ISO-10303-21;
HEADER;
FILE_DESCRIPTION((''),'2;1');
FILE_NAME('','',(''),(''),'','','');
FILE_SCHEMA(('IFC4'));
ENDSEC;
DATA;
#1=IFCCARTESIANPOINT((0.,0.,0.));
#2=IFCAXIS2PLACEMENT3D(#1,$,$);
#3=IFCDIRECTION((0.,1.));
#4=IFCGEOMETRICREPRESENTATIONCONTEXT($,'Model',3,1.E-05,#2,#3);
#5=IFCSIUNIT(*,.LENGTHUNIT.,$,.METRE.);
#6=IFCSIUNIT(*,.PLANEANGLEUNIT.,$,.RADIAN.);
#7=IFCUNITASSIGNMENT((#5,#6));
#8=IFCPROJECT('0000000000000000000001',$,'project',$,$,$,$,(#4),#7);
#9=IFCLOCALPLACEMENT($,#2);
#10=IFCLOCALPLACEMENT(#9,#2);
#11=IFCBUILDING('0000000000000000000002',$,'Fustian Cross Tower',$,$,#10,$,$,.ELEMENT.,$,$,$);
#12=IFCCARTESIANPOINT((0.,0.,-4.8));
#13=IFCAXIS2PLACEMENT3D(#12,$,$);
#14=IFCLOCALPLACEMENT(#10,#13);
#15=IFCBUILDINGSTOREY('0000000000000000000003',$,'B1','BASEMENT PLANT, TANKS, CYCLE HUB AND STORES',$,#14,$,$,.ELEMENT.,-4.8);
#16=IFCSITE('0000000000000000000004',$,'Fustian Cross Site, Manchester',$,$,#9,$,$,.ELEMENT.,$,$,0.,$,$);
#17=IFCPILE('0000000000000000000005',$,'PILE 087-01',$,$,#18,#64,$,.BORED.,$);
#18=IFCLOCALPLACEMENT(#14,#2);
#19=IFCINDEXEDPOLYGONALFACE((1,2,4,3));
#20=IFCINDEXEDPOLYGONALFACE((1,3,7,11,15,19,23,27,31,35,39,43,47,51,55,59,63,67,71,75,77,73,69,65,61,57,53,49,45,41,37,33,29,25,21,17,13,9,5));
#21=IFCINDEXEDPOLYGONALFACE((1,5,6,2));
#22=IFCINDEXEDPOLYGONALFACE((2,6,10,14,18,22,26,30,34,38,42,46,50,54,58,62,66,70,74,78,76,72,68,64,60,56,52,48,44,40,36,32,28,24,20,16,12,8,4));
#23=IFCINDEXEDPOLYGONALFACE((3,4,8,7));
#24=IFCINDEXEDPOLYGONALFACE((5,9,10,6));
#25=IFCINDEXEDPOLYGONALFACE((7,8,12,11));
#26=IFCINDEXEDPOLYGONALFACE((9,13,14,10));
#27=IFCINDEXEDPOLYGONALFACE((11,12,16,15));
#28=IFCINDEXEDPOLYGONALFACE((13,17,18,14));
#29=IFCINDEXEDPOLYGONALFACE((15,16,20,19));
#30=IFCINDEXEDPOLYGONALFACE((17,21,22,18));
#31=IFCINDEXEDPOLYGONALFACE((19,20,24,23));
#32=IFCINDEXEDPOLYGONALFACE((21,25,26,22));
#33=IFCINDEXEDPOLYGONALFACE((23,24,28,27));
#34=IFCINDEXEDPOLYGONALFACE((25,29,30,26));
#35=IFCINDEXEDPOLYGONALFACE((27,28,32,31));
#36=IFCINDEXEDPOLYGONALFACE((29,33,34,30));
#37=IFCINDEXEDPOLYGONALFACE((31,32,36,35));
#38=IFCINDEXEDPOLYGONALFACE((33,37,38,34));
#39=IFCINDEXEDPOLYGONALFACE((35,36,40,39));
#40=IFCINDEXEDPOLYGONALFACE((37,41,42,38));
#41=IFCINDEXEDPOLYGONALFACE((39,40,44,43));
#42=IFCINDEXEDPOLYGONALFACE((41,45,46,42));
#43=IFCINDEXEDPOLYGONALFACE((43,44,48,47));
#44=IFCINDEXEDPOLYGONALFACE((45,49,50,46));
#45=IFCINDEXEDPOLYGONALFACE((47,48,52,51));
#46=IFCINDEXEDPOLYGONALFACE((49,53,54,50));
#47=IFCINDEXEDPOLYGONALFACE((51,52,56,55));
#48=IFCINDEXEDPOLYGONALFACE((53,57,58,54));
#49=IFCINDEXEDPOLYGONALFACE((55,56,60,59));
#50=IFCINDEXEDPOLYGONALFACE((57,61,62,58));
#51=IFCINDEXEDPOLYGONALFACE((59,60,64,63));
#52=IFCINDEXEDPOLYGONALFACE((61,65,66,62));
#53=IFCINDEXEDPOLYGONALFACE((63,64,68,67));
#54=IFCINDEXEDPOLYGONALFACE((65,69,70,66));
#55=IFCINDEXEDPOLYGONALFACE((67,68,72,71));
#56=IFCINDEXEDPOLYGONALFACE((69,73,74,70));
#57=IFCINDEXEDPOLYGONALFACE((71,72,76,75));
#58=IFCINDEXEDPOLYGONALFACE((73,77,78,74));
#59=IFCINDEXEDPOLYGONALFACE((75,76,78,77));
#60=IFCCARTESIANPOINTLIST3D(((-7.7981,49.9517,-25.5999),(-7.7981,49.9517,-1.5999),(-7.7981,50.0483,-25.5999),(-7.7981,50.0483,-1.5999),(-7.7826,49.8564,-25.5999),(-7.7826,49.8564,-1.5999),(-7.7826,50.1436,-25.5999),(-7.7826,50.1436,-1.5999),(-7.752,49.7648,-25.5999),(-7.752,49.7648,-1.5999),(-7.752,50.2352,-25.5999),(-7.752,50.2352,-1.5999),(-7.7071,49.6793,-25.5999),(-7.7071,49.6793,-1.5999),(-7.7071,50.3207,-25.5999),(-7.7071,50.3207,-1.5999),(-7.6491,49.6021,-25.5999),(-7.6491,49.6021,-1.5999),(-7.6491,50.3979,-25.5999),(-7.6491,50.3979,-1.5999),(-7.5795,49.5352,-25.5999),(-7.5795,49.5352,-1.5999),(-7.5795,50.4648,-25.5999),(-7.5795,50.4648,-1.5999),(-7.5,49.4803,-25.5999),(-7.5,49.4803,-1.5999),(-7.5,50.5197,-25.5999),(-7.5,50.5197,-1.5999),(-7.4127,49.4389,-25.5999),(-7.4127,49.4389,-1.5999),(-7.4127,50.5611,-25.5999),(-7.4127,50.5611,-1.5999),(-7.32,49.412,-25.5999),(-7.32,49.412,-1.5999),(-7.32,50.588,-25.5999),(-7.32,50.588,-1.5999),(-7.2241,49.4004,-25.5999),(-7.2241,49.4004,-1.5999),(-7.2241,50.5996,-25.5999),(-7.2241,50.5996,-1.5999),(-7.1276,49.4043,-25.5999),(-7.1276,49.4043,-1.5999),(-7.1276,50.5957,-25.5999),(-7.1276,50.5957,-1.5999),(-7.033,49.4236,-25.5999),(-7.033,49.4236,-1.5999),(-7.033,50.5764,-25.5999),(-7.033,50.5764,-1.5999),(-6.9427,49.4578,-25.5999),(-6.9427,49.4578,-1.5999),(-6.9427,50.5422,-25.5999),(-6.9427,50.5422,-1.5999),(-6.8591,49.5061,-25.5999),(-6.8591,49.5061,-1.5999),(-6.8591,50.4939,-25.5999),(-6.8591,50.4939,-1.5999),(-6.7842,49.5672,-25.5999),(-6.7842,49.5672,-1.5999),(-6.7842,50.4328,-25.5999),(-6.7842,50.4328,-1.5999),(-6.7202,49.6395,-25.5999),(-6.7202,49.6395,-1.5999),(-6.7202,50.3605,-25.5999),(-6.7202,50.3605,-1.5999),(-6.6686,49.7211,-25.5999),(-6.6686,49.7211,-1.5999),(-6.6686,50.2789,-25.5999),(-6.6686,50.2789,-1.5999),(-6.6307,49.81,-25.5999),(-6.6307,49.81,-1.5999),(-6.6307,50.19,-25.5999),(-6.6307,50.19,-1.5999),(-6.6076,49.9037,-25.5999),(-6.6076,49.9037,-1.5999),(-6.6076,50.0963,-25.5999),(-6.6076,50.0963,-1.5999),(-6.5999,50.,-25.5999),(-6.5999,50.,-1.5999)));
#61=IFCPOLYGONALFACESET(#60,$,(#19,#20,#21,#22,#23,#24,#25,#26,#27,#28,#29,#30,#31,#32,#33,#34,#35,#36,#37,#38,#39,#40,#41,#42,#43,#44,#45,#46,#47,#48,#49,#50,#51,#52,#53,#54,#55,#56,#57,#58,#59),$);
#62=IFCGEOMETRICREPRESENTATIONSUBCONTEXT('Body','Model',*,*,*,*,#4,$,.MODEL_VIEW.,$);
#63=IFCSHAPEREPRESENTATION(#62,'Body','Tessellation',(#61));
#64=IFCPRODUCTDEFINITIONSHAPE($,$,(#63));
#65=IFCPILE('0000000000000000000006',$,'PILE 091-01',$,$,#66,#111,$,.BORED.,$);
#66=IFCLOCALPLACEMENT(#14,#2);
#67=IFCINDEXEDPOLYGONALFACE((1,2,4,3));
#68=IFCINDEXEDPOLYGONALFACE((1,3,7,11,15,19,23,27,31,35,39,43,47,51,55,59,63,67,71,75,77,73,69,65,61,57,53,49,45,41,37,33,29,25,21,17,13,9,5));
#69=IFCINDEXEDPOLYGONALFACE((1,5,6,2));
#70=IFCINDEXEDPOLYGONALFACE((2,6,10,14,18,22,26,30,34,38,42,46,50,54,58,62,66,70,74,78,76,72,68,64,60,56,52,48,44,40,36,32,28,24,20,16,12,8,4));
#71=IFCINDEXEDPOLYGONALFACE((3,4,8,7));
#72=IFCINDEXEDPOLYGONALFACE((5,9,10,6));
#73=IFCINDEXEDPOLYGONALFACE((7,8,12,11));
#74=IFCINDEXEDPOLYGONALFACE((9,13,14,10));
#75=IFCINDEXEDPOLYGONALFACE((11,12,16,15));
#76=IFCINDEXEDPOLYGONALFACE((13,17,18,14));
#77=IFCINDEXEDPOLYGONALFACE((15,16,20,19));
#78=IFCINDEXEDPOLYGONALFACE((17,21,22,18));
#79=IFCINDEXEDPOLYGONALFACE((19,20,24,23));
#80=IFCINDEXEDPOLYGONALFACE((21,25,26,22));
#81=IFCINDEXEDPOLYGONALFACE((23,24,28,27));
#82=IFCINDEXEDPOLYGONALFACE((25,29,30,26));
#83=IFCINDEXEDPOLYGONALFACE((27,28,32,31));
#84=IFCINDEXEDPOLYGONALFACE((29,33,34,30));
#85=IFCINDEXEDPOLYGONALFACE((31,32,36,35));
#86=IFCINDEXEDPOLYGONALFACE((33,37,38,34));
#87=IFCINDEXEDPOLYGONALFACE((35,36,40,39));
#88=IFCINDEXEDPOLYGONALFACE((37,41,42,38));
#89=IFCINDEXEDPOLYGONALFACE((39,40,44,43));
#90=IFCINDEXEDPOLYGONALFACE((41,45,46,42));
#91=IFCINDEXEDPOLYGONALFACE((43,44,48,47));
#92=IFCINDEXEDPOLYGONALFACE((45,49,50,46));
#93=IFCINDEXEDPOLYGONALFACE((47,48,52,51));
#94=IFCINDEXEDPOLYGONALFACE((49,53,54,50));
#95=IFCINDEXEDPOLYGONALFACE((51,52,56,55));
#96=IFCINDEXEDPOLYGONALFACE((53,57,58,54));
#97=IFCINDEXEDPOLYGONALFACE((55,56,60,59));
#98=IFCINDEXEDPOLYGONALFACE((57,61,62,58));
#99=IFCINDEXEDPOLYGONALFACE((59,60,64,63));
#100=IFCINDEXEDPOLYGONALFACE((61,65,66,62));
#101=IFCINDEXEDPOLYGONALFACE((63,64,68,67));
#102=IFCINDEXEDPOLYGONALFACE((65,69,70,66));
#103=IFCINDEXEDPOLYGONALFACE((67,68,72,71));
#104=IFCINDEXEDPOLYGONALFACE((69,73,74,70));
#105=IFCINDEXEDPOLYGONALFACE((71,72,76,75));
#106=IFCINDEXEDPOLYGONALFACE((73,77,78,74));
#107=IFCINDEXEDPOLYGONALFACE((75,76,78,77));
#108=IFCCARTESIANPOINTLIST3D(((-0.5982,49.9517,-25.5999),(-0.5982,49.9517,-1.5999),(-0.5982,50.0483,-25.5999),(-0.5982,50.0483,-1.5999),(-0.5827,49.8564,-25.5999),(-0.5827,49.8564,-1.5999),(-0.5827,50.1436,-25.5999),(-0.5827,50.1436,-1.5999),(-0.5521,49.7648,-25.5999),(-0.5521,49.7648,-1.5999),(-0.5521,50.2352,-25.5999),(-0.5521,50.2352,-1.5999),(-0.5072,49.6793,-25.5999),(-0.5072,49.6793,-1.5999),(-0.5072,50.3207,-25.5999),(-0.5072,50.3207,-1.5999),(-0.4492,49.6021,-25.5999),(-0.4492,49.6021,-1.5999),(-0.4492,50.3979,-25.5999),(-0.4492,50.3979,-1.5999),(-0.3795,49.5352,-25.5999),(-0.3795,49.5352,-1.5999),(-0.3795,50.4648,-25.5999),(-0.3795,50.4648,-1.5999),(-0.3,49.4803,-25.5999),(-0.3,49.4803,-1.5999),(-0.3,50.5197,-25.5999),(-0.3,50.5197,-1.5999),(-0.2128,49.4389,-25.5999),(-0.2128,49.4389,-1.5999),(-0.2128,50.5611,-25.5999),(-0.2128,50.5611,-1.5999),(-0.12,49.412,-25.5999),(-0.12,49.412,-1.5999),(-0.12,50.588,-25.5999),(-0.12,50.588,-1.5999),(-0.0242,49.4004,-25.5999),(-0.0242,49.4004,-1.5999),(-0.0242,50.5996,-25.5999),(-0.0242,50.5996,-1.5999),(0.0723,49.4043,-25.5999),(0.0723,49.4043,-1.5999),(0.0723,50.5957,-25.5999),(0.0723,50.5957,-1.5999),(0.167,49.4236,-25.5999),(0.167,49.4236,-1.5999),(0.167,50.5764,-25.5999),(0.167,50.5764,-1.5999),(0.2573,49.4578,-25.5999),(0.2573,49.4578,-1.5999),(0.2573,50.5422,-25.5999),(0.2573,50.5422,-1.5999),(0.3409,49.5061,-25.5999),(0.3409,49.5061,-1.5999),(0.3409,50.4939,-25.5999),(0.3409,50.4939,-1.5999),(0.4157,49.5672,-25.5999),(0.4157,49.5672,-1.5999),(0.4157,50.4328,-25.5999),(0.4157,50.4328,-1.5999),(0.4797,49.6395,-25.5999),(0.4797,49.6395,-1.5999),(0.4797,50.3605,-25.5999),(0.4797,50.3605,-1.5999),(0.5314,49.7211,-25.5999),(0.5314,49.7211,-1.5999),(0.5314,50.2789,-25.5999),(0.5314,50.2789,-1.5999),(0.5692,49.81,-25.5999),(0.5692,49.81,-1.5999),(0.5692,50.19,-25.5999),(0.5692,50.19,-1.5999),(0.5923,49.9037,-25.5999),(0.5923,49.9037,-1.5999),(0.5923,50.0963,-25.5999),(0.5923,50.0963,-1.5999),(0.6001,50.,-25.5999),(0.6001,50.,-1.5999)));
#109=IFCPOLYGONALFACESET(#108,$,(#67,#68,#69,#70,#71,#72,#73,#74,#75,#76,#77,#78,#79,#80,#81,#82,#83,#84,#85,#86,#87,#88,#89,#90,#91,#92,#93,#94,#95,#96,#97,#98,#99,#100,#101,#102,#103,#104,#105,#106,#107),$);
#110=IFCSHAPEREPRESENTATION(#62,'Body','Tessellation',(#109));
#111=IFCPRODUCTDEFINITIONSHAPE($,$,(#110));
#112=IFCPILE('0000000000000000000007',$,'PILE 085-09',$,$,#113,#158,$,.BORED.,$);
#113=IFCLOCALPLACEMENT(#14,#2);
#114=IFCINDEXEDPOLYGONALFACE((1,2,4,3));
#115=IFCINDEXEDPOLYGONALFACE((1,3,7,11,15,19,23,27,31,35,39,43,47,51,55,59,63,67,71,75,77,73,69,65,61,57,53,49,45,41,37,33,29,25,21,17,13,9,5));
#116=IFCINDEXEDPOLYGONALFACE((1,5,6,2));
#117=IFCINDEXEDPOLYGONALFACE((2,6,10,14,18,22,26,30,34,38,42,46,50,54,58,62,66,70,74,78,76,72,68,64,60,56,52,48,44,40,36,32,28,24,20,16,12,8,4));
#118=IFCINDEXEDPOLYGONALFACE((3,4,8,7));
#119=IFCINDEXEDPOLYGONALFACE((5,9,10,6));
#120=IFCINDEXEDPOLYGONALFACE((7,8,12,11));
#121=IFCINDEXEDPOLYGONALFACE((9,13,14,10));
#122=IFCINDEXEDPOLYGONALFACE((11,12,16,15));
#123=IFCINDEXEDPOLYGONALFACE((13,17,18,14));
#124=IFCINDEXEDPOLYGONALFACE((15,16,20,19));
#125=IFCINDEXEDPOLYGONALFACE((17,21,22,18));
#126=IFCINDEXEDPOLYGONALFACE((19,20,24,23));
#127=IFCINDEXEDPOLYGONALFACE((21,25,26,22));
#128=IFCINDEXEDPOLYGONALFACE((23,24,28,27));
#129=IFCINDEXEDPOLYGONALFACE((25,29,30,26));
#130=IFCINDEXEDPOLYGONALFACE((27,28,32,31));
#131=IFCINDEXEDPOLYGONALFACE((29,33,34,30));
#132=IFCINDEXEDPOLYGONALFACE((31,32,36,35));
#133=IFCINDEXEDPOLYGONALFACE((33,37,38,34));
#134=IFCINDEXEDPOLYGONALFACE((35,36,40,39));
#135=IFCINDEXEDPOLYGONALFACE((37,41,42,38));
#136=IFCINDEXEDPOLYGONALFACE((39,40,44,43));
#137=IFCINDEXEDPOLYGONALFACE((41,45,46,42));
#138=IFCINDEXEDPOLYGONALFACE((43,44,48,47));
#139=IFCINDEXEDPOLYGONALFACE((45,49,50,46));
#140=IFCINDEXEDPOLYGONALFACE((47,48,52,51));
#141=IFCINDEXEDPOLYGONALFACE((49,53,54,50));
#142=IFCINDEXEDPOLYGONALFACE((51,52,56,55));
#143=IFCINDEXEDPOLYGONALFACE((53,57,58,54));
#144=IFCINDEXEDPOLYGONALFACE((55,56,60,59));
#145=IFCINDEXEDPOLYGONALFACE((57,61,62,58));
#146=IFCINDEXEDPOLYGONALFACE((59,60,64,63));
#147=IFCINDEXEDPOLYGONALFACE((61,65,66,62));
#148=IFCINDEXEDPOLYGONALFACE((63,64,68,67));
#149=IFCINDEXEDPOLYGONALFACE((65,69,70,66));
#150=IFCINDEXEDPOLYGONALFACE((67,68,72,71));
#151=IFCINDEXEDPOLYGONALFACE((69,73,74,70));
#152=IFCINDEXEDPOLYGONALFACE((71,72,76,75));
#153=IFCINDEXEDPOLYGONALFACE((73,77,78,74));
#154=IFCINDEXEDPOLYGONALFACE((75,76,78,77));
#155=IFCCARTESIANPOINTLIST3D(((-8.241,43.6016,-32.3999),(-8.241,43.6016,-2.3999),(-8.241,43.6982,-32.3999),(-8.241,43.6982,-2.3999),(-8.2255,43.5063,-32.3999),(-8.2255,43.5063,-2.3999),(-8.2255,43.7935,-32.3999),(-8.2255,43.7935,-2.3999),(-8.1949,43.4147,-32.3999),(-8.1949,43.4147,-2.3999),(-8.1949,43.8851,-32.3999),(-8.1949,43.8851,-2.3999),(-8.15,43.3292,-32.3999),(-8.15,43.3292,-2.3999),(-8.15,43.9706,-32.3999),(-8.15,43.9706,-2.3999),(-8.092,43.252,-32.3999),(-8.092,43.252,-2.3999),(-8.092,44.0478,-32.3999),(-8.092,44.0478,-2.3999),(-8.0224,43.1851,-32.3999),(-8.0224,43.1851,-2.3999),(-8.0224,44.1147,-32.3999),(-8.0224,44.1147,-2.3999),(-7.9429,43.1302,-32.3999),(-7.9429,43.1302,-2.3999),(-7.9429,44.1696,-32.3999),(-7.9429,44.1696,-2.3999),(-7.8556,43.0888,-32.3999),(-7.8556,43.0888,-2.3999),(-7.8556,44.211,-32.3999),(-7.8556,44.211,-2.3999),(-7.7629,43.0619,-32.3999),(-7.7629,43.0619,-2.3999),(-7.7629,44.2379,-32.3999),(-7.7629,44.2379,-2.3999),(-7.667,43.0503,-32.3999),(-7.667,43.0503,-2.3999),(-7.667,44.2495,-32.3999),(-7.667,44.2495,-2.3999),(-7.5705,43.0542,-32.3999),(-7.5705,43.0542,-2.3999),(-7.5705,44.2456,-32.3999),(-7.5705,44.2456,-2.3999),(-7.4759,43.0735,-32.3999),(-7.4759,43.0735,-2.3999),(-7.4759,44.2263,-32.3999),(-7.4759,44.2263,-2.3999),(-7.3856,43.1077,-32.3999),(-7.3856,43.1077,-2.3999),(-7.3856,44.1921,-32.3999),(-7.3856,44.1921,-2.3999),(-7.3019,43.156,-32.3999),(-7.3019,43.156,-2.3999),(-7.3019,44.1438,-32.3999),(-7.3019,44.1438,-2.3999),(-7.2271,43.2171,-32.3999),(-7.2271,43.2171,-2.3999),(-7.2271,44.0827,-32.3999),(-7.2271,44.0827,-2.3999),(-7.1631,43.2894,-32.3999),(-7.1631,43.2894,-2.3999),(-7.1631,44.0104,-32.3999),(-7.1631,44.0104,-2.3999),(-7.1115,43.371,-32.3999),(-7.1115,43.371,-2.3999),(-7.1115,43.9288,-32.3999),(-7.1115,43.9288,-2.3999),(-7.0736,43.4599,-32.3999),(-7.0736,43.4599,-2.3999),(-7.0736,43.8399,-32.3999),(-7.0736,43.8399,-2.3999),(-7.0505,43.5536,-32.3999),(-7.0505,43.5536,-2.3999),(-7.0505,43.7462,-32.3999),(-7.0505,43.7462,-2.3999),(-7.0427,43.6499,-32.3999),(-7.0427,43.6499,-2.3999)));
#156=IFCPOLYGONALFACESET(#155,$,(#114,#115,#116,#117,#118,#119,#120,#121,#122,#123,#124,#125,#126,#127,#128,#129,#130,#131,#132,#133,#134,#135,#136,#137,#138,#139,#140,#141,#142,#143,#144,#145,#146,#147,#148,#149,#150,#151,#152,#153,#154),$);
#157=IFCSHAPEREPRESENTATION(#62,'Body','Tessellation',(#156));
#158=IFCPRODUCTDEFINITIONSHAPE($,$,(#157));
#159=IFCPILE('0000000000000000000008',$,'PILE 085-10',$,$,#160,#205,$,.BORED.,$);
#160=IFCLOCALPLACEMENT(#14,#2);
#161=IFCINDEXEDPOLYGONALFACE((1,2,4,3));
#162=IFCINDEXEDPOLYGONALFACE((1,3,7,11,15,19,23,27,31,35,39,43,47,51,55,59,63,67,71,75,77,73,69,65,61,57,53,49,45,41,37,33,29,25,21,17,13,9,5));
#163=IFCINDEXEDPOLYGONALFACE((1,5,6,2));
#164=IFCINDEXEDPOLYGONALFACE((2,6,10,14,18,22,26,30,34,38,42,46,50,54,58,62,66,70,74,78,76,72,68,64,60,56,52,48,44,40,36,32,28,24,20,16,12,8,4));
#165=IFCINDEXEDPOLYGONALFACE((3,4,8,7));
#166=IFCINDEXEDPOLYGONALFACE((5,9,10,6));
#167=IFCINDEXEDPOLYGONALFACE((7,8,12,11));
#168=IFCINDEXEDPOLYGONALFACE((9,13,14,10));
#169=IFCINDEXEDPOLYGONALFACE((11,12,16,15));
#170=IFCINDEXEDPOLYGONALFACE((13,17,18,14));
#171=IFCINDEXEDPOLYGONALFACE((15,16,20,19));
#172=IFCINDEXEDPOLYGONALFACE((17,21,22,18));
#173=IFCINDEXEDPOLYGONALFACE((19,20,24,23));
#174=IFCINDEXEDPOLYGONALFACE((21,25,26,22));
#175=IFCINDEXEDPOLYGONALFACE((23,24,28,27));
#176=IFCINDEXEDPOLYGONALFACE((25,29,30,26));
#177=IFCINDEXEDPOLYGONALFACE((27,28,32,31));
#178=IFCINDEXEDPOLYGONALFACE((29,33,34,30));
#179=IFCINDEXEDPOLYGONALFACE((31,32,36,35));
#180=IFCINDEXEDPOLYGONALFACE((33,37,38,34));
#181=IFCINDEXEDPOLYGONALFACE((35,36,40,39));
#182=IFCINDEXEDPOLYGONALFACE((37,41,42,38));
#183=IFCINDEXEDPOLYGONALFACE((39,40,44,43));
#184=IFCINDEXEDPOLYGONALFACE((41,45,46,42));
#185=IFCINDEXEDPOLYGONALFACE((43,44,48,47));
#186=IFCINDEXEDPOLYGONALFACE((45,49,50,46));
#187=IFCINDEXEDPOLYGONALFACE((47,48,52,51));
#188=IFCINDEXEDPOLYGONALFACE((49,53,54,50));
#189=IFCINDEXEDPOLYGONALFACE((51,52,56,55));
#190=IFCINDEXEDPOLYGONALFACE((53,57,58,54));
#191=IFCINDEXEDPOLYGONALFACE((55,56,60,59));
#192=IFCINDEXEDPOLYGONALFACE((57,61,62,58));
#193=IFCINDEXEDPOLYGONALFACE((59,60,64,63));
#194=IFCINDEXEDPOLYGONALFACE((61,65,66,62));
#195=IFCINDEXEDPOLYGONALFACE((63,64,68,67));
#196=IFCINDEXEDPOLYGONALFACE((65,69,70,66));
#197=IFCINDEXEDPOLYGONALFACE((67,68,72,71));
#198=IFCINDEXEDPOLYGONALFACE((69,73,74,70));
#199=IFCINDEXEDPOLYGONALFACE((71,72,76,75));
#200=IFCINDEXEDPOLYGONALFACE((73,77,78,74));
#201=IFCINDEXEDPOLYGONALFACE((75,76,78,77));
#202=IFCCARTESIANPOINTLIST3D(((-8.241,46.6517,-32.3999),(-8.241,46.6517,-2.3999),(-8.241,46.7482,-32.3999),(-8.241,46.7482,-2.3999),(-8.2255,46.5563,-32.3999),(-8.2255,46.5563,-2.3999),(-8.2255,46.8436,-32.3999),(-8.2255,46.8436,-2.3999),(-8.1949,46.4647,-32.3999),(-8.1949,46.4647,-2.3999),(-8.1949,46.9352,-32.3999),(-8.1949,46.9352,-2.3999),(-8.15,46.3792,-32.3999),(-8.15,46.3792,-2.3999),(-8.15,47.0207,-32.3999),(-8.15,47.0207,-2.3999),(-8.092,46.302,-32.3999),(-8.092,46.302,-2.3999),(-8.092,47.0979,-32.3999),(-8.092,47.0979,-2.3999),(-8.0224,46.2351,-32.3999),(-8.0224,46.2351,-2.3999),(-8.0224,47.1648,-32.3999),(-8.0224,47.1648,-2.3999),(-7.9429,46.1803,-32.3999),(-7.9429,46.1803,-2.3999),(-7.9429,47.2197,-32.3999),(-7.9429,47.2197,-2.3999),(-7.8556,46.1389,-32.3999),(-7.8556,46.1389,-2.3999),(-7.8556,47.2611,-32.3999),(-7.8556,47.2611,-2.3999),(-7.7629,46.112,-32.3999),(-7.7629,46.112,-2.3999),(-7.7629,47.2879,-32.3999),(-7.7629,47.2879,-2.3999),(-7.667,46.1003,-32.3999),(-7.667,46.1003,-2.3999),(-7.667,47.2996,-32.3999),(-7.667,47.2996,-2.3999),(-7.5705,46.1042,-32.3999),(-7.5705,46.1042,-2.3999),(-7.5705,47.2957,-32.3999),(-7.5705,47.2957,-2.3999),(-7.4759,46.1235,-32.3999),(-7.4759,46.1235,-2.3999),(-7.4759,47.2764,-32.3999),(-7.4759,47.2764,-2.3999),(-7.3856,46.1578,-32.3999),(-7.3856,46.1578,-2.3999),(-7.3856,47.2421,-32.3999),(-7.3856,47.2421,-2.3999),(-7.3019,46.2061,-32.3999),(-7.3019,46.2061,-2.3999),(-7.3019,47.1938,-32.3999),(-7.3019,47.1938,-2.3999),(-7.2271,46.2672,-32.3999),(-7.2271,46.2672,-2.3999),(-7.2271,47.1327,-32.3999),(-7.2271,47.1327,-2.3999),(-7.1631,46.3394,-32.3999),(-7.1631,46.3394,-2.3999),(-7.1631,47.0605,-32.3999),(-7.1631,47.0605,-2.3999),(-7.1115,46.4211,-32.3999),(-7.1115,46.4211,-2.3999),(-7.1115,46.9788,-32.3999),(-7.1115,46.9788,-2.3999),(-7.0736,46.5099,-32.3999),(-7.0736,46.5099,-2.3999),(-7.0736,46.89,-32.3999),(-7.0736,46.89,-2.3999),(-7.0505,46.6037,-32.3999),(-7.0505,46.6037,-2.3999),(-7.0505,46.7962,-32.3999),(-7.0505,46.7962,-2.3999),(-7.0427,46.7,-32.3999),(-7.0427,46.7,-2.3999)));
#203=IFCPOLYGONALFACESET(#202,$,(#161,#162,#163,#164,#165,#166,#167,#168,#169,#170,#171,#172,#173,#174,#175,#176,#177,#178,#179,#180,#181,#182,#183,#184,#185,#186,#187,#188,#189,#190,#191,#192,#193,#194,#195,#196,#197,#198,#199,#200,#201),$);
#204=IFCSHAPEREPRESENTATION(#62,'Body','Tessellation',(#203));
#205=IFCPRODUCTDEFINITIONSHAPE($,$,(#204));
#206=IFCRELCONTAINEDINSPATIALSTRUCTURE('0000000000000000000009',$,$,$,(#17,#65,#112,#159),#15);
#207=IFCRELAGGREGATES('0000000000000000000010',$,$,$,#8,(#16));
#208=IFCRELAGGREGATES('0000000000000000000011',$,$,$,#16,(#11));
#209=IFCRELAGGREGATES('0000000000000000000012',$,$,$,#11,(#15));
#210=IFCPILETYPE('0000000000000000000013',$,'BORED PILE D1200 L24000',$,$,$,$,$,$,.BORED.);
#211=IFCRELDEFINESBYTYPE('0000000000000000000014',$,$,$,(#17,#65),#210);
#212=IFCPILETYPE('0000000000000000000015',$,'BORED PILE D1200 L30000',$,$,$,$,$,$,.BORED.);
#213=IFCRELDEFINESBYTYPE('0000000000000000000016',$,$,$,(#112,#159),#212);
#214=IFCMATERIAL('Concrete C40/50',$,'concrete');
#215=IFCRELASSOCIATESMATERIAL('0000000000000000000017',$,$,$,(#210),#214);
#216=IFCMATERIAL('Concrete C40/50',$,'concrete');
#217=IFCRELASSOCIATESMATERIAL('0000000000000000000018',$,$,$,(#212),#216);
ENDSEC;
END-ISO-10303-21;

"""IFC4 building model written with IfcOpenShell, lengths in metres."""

from ifc_helpers import new_model, si_unit, direction, frame, origin, origin_2d, place, context, subcontext, project, spatial, circle, extrude, material, material_profile, profile_set, type_object, element, save


model = new_model("IFC4")

# Units and contexts
model_context = context("Model", 3, precision=1e-05, world=origin(), true_north=direction((0.0, 1.0)))
body_context = subcontext(model_context, "Body", "Model", "MODEL_VIEW")
ifc_project = project(units=[si_unit("LENGTHUNIT", "METRE"), si_unit("PLANEANGLEUNIT", "RADIAN")], contexts=[model_context])

# Site, building, storey
site_placement = place(None, origin())
site = spatial("IfcSite", under=ifc_project, at=site_placement, Name="Fustian Cross Site, Manchester", CompositionType="ELEMENT", RefElevation=0.0)
building_placement = place(site_placement, origin())
building = spatial("IfcBuilding", under=site, at=building_placement, Name="Fustian Cross Tower", CompositionType="ELEMENT")
storey_placement = place(building_placement, frame((0.0, 0.0, -4.8)))
storey = spatial("IfcBuildingStorey", under=building, at=storey_placement, Name="B1", Description="BASEMENT PLANT, TANKS, CYCLE HUB AND STORES", CompositionType="ELEMENT", Elevation=-4.8)

# Piles
ifc_material_1 = material(Name="Concrete C40/50", Category="concrete")
ifc_material_profile_1 = material_profile(ifc_material_1, circle(Radius=0.6001, at=origin_2d()), Name="BORED PILE D1200 L24000")
ifc_profile_set_1 = profile_set([ifc_material_profile_1], Name="Concrete C40/50")
pile_type_1 = type_object("IfcPileType", Name="BORED PILE D1200 L24000", PredefinedType="BORED", material=ifc_profile_set_1)
for number, where, z_axis, x_axis, name in (
    (1, (-7.2, 50.0, -1.5999), (0.0, 0.0, -1.0), (1.0, 0.0, 0.0), "PILE 087-01"),
    (2, (0.0, 50.0, -1.5999), (0.0, 0.0, -1.0), (1.0, 0.0, 0.0), "PILE 091-01"),
):
    element("IfcPile", number, at=place(storey_placement, frame(where, z_axis=z_axis, x_axis=x_axis)), inside=storey, type_object=pile_type_1, Name=name, PredefinedType="BORED", context=body_context, shape_type="SweptSolid", body=[
        extrude(circle(Radius=0.6001, at=origin_2d()), origin(), (0.0, 0.0, 1.0), 24.0),
    ])
ifc_material_2 = material(Name="Concrete C40/50", Category="concrete")
ifc_material_profile_2 = material_profile(ifc_material_2, circle(Radius=0.6001, at=origin_2d()), Name="BORED PILE D1200 L30000")
ifc_profile_set_2 = profile_set([ifc_material_profile_2], Name="Concrete C40/50")
pile_type_2 = type_object("IfcPileType", Name="BORED PILE D1200 L30000", PredefinedType="BORED", material=ifc_profile_set_2)
for number, where, z_axis, x_axis, name in (
    (3, (-7.6428, 43.6499, -2.3999), (0.0, 0.0, -1.0), (1.0, 0.0, 0.0), "PILE 085-09"),
    (4, (-7.6428, 46.7, -2.3999), (0.0, 0.0, -1.0), (1.0, 0.0, 0.0), "PILE 085-10"),
):
    element("IfcPile", number, at=place(storey_placement, frame(where, z_axis=z_axis, x_axis=x_axis)), inside=storey, type_object=pile_type_2, Name=name, PredefinedType="BORED", context=body_context, shape_type="SweptSolid", body=[
        extrude(circle(Radius=0.6001, at=origin_2d()), origin(), (0.0, 0.0, 1.0), 30.0),
    ])

save(model, "model.ifc")
